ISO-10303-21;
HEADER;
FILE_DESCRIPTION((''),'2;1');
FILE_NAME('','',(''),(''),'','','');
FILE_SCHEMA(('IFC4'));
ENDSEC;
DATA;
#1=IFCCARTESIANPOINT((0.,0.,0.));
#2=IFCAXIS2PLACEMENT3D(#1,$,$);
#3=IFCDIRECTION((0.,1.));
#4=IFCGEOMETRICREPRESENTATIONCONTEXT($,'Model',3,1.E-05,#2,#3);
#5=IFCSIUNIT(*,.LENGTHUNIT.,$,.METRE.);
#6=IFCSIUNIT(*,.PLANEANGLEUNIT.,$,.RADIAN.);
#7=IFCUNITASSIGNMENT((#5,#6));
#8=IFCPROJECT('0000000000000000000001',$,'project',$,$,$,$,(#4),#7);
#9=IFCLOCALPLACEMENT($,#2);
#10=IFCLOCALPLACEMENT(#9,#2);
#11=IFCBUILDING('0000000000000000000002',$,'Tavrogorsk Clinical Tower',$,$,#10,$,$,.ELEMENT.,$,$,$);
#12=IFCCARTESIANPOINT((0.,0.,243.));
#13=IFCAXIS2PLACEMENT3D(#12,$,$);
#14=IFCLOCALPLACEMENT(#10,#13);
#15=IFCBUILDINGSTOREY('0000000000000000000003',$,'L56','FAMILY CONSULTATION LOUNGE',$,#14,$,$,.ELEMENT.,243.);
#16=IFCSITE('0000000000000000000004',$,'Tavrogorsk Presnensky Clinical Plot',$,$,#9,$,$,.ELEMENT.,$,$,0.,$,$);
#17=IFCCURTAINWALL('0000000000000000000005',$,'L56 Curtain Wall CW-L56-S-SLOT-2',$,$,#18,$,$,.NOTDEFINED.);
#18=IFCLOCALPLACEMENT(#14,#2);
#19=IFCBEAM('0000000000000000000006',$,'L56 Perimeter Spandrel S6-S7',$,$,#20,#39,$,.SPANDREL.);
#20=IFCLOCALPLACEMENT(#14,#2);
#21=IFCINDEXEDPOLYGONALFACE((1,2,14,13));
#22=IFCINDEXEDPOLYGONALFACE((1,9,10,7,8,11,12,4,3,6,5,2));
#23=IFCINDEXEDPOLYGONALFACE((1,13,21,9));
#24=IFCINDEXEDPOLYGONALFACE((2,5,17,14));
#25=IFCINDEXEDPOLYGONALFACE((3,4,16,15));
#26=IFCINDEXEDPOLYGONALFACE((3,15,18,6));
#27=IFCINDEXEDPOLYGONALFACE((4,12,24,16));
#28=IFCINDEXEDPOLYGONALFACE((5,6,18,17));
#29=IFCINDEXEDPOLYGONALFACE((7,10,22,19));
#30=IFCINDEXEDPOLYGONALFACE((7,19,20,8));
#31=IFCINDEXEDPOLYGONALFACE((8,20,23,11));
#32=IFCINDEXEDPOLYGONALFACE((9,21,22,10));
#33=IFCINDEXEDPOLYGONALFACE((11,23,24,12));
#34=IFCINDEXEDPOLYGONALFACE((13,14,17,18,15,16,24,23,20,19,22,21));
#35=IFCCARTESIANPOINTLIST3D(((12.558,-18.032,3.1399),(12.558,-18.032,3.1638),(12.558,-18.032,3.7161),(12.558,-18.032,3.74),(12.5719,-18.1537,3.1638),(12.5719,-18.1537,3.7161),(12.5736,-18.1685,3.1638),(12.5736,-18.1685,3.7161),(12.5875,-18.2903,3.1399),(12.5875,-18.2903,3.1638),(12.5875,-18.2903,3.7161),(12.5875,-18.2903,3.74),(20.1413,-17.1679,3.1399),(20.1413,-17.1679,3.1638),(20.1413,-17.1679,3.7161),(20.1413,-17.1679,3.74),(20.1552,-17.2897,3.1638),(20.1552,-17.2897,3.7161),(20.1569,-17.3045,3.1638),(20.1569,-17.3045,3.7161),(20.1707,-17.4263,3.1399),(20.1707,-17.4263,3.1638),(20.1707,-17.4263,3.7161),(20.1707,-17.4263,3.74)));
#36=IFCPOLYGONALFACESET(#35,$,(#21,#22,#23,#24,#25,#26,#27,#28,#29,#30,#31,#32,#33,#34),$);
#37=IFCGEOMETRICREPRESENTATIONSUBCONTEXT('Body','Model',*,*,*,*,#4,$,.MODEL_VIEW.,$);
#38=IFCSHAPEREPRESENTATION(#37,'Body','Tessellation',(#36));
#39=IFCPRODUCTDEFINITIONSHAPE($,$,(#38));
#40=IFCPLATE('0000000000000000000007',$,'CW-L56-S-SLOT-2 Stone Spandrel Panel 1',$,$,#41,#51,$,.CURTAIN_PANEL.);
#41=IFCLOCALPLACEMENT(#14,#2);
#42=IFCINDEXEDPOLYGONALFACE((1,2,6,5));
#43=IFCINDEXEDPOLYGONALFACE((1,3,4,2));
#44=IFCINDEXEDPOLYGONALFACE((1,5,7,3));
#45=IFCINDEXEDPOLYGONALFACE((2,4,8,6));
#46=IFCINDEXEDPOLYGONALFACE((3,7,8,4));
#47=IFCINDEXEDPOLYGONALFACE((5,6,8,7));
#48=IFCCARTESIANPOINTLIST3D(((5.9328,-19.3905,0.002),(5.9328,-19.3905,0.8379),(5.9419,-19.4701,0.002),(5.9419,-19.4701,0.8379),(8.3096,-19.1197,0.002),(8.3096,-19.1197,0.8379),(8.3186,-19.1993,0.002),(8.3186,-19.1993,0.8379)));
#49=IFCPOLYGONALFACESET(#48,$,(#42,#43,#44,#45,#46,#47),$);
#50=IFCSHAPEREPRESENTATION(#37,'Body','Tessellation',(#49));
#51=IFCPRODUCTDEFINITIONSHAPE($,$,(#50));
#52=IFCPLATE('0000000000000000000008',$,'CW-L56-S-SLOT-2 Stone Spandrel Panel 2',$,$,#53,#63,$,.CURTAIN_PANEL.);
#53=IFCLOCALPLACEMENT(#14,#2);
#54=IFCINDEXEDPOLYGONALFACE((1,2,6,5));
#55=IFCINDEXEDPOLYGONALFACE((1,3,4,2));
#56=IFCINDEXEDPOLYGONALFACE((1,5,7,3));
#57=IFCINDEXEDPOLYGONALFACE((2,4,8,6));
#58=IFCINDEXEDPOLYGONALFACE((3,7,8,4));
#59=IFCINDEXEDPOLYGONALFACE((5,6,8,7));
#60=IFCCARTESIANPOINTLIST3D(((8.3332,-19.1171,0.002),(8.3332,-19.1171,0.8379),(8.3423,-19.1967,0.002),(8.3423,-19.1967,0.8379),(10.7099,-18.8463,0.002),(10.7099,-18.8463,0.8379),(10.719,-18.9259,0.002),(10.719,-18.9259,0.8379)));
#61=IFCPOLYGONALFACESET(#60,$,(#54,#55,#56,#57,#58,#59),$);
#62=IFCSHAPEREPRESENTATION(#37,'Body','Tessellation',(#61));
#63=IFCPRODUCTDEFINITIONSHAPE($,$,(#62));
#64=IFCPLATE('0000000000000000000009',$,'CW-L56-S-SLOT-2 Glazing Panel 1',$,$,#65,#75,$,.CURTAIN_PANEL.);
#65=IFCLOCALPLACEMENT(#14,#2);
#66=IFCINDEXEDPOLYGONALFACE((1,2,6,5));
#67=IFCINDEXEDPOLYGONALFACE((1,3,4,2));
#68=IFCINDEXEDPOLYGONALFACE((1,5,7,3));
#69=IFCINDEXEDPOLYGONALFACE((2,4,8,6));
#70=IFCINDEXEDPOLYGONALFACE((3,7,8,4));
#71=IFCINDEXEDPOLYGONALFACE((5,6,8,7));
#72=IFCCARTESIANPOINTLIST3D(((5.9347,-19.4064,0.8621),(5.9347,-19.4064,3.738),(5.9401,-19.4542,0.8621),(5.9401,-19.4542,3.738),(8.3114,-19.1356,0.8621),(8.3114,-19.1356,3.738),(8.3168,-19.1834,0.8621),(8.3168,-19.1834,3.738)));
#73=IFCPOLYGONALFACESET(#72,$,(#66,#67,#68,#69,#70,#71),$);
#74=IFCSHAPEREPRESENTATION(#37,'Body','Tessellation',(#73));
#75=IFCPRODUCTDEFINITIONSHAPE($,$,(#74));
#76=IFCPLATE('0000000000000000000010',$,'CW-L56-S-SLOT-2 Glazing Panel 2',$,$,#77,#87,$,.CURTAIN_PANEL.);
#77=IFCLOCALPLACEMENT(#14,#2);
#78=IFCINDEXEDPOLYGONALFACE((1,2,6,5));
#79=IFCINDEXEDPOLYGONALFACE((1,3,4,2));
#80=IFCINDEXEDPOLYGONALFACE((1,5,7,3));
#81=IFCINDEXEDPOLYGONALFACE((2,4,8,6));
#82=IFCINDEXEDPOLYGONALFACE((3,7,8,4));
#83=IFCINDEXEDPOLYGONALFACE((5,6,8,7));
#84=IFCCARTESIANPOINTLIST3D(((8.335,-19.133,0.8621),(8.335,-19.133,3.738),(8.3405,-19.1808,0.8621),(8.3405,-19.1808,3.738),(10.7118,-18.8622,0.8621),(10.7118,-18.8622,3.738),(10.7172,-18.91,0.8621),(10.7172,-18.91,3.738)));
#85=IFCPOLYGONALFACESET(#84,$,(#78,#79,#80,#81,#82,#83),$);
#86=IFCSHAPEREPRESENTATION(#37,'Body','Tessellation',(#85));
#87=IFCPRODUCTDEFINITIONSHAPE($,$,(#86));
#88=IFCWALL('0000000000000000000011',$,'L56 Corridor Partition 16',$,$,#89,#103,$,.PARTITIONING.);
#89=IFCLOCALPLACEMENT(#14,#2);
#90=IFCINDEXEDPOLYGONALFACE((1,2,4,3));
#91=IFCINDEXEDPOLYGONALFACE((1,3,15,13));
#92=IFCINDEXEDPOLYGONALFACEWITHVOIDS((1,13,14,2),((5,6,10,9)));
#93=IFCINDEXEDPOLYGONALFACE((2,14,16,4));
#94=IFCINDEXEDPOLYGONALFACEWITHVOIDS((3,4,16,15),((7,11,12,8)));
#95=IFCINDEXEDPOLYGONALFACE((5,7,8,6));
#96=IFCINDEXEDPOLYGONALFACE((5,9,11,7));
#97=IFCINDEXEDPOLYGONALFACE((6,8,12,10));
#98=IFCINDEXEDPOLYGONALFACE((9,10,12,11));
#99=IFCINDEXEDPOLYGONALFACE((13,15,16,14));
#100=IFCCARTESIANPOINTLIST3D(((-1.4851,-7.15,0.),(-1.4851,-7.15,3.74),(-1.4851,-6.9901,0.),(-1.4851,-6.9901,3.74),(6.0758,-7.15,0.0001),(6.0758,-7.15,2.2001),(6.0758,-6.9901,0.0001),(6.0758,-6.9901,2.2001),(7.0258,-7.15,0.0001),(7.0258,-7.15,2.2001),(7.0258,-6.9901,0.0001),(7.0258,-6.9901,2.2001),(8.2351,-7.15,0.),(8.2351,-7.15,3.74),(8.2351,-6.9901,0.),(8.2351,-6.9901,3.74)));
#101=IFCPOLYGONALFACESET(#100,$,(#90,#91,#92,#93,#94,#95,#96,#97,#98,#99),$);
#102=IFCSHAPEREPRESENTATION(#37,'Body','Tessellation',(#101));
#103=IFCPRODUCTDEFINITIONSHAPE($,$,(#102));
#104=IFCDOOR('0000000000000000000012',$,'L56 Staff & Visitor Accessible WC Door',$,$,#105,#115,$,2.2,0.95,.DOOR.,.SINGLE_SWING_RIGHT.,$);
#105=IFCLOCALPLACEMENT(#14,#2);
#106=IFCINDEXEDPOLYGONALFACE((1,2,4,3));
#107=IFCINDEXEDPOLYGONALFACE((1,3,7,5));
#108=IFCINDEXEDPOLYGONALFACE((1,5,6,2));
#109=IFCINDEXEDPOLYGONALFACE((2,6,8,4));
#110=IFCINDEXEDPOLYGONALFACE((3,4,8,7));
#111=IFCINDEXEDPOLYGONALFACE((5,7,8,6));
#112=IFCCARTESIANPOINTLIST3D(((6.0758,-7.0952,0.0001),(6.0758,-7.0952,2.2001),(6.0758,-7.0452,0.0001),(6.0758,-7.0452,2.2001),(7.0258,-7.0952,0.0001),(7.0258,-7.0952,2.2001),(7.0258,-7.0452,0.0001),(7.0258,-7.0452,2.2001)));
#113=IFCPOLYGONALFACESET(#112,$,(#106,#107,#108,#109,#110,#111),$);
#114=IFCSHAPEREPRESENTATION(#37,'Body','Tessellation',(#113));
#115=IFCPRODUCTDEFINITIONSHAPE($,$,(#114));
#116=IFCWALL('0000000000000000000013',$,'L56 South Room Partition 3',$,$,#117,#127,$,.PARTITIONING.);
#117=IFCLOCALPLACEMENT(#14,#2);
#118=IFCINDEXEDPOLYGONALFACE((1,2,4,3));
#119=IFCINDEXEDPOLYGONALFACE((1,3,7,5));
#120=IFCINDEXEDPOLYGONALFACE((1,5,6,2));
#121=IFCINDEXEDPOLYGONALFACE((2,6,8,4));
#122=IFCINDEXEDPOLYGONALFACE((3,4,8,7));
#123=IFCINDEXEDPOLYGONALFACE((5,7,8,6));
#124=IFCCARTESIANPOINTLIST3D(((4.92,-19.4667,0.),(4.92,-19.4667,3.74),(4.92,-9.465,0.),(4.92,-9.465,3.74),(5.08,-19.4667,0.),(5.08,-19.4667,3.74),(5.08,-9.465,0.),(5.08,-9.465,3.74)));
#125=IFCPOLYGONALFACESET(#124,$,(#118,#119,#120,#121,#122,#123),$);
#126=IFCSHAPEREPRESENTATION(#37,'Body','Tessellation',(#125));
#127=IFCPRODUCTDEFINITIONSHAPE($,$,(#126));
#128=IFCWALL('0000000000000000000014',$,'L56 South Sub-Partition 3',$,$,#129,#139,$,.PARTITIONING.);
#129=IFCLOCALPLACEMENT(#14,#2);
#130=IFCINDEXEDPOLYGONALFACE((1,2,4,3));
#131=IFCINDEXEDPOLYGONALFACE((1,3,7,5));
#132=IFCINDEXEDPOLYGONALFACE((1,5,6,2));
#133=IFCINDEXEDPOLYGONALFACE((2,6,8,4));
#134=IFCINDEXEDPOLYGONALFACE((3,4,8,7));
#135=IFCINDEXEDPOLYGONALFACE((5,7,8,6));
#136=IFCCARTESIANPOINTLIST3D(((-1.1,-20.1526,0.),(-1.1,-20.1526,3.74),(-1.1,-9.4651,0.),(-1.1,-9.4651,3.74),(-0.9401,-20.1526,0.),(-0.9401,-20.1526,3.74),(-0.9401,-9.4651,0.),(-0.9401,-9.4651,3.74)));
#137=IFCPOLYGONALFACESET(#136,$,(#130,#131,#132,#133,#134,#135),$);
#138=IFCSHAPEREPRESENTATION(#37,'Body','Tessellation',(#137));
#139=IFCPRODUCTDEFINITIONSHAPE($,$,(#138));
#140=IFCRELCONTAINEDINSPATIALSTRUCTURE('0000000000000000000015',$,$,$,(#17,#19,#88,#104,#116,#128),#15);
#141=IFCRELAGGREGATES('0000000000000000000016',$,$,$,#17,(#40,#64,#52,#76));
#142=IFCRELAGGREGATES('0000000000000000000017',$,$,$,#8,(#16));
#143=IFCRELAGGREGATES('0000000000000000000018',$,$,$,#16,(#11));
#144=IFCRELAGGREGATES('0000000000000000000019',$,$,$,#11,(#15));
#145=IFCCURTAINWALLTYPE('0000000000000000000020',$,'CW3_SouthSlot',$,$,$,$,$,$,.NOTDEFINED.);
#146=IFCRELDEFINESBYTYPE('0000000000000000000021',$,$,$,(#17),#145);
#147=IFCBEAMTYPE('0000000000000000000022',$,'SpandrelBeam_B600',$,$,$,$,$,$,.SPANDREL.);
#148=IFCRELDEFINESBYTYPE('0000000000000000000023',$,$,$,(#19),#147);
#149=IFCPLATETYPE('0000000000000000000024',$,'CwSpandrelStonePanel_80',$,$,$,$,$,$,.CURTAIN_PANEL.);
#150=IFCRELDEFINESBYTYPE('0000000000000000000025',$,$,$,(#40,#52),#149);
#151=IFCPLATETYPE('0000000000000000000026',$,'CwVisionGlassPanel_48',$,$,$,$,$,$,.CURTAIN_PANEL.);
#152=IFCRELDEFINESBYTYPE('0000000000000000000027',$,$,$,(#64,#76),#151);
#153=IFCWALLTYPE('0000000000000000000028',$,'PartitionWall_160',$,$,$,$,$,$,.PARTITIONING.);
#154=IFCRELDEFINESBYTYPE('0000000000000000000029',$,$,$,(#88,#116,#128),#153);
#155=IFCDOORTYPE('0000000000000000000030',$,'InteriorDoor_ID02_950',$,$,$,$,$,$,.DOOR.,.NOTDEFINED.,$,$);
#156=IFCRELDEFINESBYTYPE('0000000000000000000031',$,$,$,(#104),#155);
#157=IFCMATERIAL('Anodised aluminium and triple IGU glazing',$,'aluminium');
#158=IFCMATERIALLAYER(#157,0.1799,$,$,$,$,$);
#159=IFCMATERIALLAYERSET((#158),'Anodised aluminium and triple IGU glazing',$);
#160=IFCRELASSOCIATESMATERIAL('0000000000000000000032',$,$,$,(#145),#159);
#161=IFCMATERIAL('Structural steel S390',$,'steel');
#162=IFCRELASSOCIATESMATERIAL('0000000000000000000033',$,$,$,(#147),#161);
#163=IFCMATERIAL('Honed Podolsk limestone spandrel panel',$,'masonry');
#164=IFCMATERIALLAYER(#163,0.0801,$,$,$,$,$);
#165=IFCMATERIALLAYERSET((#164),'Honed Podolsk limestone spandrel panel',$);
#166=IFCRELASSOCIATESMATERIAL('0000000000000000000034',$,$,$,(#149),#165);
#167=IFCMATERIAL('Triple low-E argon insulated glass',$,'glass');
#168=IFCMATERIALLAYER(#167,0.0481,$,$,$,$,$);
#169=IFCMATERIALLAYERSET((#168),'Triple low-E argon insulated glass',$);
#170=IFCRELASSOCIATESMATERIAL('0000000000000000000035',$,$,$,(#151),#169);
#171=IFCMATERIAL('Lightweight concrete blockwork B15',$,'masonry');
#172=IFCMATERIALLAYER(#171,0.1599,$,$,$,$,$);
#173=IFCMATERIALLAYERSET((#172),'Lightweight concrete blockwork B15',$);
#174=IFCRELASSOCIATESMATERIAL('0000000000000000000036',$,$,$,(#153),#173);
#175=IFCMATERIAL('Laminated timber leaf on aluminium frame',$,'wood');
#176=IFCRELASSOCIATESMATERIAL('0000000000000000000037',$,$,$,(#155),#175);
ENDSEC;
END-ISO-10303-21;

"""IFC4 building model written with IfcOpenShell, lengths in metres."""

from ifc_helpers import new_model, si_unit, direction, frame, frame_2d, origin, origin_2d, place, context, subcontext, project, spatial, rectangle, i_section, extrude, material, layer, layer_set, material_profile, profile_set, type_object, element, fill, aggregate, save


model = new_model("IFC4")

# Units and contexts
model_context = context("Model", 3, precision=1e-05, world=origin(), true_north=direction((0.0, 1.0)))
body_context = subcontext(model_context, "Body", "Model", "MODEL_VIEW")
ifc_project = project(units=[si_unit("LENGTHUNIT", "METRE"), si_unit("PLANEANGLEUNIT", "RADIAN")], contexts=[model_context])

# Site, building, storey
site_placement = place(None, origin())
site = spatial("IfcSite", under=ifc_project, at=site_placement, Name="Tavrogorsk Presnensky Clinical Plot", CompositionType="ELEMENT", RefElevation=0.0)
building_placement = place(site_placement, origin())
building = spatial("IfcBuilding", under=site, at=building_placement, Name="Tavrogorsk Clinical Tower", CompositionType="ELEMENT")
storey_placement = place(building_placement, frame((0.0, 0.0, 243.0)))
storey = spatial("IfcBuildingStorey", under=building, at=storey_placement, Name="L56", Description="FAMILY CONSULTATION LOUNGE", CompositionType="ELEMENT", Elevation=243.0)

# Curtain wall
ifc_material_1 = material(Name="Anodised aluminium and triple IGU glazing", Category="aluminium")
ifc_layer_1 = layer(ifc_material_1, 0.1799)
ifc_layer_set_1 = layer_set([ifc_layer_1], Name="Anodised aluminium and triple IGU glazing")
curtain_wall_type = type_object("IfcCurtainWallType", Name="CW3_SouthSlot", PredefinedType="NOTDEFINED", material=ifc_layer_set_1)
curtain_wall_placement = place(storey_placement, origin())
curtain_wall = element("IfcCurtainWall", 1, at=curtain_wall_placement, inside=storey, type_object=curtain_wall_type, Name="L56 Curtain Wall CW-L56-S-SLOT-2", PredefinedType="NOTDEFINED")

# Beam
ifc_material_2 = material(Name="Structural steel S390", Category="steel")
ifc_material_profile_1 = material_profile(ifc_material_2, i_section(OverallWidth=0.26, OverallDepth=0.6001, WebThickness=0.0149, FlangeThickness=0.0239, at=origin_2d()), Name="B-600x260x15x24")
ifc_profile_set_1 = profile_set([ifc_material_profile_1], Name="Structural steel S390")
beam_type = type_object("IfcBeamType", Name="SpandrelBeam_B600", PredefinedType="SPANDREL", material=ifc_profile_set_1)
beam_placement = place(storey_placement, frame((12.5728, -18.1611, 3.4399), z_axis=(0.993572, 0.113205, 0.0), x_axis=(-0.113205, 0.993572, 0.0)))
element("IfcBeam", 2, at=beam_placement, inside=storey, type_object=beam_type, Name="L56 Perimeter Spandrel S6-S7", PredefinedType="SPANDREL", context=body_context, shape_type="SweptSolid", body=[
    extrude(i_section(OverallWidth=0.26, OverallDepth=0.6001, WebThickness=0.0149, FlangeThickness=0.0239, at=origin_2d()), origin(), (0.0, 0.0, 1.0), 7.6323),
])

# Plates
ifc_material_3 = material(Name="Honed Podolsk limestone spandrel panel", Category="masonry")
ifc_layer_2 = layer(ifc_material_3, 0.0801)
ifc_layer_set_2 = layer_set([ifc_layer_2], Name="Honed Podolsk limestone spandrel panel")
plate_type_1 = type_object("IfcPlateType", Name="CwSpandrelStonePanel_80", PredefinedType="CURTAIN_PANEL", material=ifc_layer_set_2)
plate_1_placement = place(storey_placement, frame((7.1257, -19.2949, 0.002), z_axis=(0.0, 0.0, 1.0), x_axis=(0.993572, 0.113203, 0.0)))
plate_1 = element("IfcPlate", 3, at=plate_1_placement, type_object=plate_type_1, Name="CW-L56-S-SLOT-2 Stone Spandrel Panel 1", PredefinedType="CURTAIN_PANEL", context=body_context, shape_type="SweptSolid", body=[
    extrude(rectangle(XDim=2.3921, YDim=0.0801, at=origin_2d()), origin(), (0.0, 0.0, 1.0), 0.8359),
])
plate_2_placement = place(storey_placement, frame((9.5261, -19.0215, 0.002), z_axis=(0.0, 0.0, 1.0), x_axis=(0.993572, 0.113203, 0.0)))
plate_2 = element("IfcPlate", 4, at=plate_2_placement, type_object=plate_type_1, Name="CW-L56-S-SLOT-2 Stone Spandrel Panel 2", PredefinedType="CURTAIN_PANEL", context=body_context, shape_type="SweptSolid", body=[
    extrude(rectangle(XDim=2.3921, YDim=0.0801, at=origin_2d()), origin(), (0.0, 0.0, 1.0), 0.8359),
])
ifc_material_4 = material(Name="Triple low-E argon insulated glass", Category="glass")
ifc_layer_3 = layer(ifc_material_4, 0.0481)
ifc_layer_set_3 = layer_set([ifc_layer_3], Name="Triple low-E argon insulated glass")
plate_type_2 = type_object("IfcPlateType", Name="CwVisionGlassPanel_48", PredefinedType="CURTAIN_PANEL", material=ifc_layer_set_3)
plate_3_placement = place(storey_placement, frame((7.1257, -19.2949, 0.8621), z_axis=(0.0, 0.0, 1.0), x_axis=(0.993572, 0.113203, 0.0)))
plate_3 = element("IfcPlate", 5, at=plate_3_placement, type_object=plate_type_2, Name="CW-L56-S-SLOT-2 Glazing Panel 1", PredefinedType="CURTAIN_PANEL", context=body_context, shape_type="SweptSolid", body=[
    extrude(rectangle(XDim=2.3921, YDim=0.0481, at=origin_2d()), origin(), (0.0, 0.0, 1.0), 2.876),
])
plate_4_placement = place(storey_placement, frame((9.5261, -19.0215, 0.8621), z_axis=(0.0, 0.0, 1.0), x_axis=(0.993572, 0.113203, 0.0)))
plate_4 = element("IfcPlate", 6, at=plate_4_placement, type_object=plate_type_2, Name="CW-L56-S-SLOT-2 Glazing Panel 2", PredefinedType="CURTAIN_PANEL", context=body_context, shape_type="SweptSolid", body=[
    extrude(rectangle(XDim=2.3921, YDim=0.0481, at=origin_2d()), origin(), (0.0, 0.0, 1.0), 2.876),
])
aggregate(curtain_wall, [plate_1, plate_3, plate_2, plate_4])

# Wall, opening, door
ifc_material_5 = material(Name="Lightweight concrete blockwork B15", Category="masonry")
ifc_layer_4 = layer(ifc_material_5, 0.1599)
ifc_layer_set_4 = layer_set([ifc_layer_4], Name="Lightweight concrete blockwork B15")
wall_type_1 = type_object("IfcWallType", Name="PartitionWall_160", PredefinedType="PARTITIONING", material=ifc_layer_set_4)
wall_1_placement = place(storey_placement, frame((-1.4851, -7.0701, 0.0), z_axis=(0.0, 0.0, 1.0), x_axis=(1.0, 0.0, 0.0)))
wall_1 = element("IfcWall", 7, at=wall_1_placement, inside=storey, type_object=wall_type_1, Name="L56 Corridor Partition 16", PredefinedType="PARTITIONING", context=body_context, shape_type="SweptSolid", body=[
    extrude(rectangle(XDim=9.7202, YDim=0.1599, at=frame_2d((4.8601, 0.0))), origin(), (0.0, 0.0, 1.0), 3.74),
])
opening_1_placement = place(wall_1_placement, frame((7.5608, 0.0, 0.0)))
opening_1 = element("IfcOpeningElement", 8, at=opening_1_placement, cuts=wall_1, PredefinedType="OPENING", context=body_context, shape_type="SweptSolid", body=[
    extrude(rectangle(XDim=0.95, YDim=2.2, at=frame_2d((0.4751, 1.1001))), frame((0.0, 0.0898, 0.0), z_axis=(0.0, -1.0, 0.0), x_axis=(1.0, 0.0, 0.0)), (0.0, 0.0, 1.0), 0.1799),
])
ifc_material_6 = material(Name="Laminated timber leaf on aluminium frame", Category="wood")
door_type = type_object("IfcDoorType", Name="InteriorDoor_ID02_950", OperationType="NOTDEFINED", PredefinedType="DOOR", material=ifc_material_6)
door_placement = place(opening_1_placement, origin())
door = element("IfcDoor", 9, at=door_placement, inside=storey, type_object=door_type, Name="L56 Staff & Visitor Accessible WC Door", OperationType="SINGLE_SWING_RIGHT", OverallHeight=2.2, OverallWidth=0.95, PredefinedType="DOOR", context=body_context, shape_type="SweptSolid", body=[
    extrude(rectangle(XDim=0.95, YDim=2.2, at=frame_2d((0.4751, 1.1001))), frame((0.0, 0.0249, 0.0), z_axis=(0.0, -1.0, 0.0), x_axis=(1.0, 0.0, 0.0)), (0.0, 0.0, 1.0), 0.05),
])
fill(opening_1, door)

# Walls
wall_2_placement = place(storey_placement, frame((5.0, -19.4668, 0.0), z_axis=(0.0, 0.0, 1.0), x_axis=(0.0, 1.0, 0.0)))
element("IfcWall", 10, at=wall_2_placement, inside=storey, type_object=wall_type_1, Name="L56 South Room Partition 3", PredefinedType="PARTITIONING", context=body_context, shape_type="SweptSolid", body=[
    extrude(rectangle(XDim=10.0017, YDim=0.1599, at=frame_2d((5.001, 0.0))), origin(), (0.0, 0.0, 1.0), 3.74),
])
wall_3_placement = place(storey_placement, frame((-1.02, -20.1526, 0.0), z_axis=(0.0, 0.0, 1.0), x_axis=(0.0, 1.0, 0.0)))
element("IfcWall", 11, at=wall_3_placement, inside=storey, type_object=wall_type_1, Name="L56 South Sub-Partition 3", PredefinedType="PARTITIONING", context=body_context, shape_type="SweptSolid", body=[
    extrude(rectangle(XDim=10.6875, YDim=0.1599, at=frame_2d((5.3438, 0.0))), origin(), (0.0, 0.0, 1.0), 3.74),
])

save(model, "model.ifc")
